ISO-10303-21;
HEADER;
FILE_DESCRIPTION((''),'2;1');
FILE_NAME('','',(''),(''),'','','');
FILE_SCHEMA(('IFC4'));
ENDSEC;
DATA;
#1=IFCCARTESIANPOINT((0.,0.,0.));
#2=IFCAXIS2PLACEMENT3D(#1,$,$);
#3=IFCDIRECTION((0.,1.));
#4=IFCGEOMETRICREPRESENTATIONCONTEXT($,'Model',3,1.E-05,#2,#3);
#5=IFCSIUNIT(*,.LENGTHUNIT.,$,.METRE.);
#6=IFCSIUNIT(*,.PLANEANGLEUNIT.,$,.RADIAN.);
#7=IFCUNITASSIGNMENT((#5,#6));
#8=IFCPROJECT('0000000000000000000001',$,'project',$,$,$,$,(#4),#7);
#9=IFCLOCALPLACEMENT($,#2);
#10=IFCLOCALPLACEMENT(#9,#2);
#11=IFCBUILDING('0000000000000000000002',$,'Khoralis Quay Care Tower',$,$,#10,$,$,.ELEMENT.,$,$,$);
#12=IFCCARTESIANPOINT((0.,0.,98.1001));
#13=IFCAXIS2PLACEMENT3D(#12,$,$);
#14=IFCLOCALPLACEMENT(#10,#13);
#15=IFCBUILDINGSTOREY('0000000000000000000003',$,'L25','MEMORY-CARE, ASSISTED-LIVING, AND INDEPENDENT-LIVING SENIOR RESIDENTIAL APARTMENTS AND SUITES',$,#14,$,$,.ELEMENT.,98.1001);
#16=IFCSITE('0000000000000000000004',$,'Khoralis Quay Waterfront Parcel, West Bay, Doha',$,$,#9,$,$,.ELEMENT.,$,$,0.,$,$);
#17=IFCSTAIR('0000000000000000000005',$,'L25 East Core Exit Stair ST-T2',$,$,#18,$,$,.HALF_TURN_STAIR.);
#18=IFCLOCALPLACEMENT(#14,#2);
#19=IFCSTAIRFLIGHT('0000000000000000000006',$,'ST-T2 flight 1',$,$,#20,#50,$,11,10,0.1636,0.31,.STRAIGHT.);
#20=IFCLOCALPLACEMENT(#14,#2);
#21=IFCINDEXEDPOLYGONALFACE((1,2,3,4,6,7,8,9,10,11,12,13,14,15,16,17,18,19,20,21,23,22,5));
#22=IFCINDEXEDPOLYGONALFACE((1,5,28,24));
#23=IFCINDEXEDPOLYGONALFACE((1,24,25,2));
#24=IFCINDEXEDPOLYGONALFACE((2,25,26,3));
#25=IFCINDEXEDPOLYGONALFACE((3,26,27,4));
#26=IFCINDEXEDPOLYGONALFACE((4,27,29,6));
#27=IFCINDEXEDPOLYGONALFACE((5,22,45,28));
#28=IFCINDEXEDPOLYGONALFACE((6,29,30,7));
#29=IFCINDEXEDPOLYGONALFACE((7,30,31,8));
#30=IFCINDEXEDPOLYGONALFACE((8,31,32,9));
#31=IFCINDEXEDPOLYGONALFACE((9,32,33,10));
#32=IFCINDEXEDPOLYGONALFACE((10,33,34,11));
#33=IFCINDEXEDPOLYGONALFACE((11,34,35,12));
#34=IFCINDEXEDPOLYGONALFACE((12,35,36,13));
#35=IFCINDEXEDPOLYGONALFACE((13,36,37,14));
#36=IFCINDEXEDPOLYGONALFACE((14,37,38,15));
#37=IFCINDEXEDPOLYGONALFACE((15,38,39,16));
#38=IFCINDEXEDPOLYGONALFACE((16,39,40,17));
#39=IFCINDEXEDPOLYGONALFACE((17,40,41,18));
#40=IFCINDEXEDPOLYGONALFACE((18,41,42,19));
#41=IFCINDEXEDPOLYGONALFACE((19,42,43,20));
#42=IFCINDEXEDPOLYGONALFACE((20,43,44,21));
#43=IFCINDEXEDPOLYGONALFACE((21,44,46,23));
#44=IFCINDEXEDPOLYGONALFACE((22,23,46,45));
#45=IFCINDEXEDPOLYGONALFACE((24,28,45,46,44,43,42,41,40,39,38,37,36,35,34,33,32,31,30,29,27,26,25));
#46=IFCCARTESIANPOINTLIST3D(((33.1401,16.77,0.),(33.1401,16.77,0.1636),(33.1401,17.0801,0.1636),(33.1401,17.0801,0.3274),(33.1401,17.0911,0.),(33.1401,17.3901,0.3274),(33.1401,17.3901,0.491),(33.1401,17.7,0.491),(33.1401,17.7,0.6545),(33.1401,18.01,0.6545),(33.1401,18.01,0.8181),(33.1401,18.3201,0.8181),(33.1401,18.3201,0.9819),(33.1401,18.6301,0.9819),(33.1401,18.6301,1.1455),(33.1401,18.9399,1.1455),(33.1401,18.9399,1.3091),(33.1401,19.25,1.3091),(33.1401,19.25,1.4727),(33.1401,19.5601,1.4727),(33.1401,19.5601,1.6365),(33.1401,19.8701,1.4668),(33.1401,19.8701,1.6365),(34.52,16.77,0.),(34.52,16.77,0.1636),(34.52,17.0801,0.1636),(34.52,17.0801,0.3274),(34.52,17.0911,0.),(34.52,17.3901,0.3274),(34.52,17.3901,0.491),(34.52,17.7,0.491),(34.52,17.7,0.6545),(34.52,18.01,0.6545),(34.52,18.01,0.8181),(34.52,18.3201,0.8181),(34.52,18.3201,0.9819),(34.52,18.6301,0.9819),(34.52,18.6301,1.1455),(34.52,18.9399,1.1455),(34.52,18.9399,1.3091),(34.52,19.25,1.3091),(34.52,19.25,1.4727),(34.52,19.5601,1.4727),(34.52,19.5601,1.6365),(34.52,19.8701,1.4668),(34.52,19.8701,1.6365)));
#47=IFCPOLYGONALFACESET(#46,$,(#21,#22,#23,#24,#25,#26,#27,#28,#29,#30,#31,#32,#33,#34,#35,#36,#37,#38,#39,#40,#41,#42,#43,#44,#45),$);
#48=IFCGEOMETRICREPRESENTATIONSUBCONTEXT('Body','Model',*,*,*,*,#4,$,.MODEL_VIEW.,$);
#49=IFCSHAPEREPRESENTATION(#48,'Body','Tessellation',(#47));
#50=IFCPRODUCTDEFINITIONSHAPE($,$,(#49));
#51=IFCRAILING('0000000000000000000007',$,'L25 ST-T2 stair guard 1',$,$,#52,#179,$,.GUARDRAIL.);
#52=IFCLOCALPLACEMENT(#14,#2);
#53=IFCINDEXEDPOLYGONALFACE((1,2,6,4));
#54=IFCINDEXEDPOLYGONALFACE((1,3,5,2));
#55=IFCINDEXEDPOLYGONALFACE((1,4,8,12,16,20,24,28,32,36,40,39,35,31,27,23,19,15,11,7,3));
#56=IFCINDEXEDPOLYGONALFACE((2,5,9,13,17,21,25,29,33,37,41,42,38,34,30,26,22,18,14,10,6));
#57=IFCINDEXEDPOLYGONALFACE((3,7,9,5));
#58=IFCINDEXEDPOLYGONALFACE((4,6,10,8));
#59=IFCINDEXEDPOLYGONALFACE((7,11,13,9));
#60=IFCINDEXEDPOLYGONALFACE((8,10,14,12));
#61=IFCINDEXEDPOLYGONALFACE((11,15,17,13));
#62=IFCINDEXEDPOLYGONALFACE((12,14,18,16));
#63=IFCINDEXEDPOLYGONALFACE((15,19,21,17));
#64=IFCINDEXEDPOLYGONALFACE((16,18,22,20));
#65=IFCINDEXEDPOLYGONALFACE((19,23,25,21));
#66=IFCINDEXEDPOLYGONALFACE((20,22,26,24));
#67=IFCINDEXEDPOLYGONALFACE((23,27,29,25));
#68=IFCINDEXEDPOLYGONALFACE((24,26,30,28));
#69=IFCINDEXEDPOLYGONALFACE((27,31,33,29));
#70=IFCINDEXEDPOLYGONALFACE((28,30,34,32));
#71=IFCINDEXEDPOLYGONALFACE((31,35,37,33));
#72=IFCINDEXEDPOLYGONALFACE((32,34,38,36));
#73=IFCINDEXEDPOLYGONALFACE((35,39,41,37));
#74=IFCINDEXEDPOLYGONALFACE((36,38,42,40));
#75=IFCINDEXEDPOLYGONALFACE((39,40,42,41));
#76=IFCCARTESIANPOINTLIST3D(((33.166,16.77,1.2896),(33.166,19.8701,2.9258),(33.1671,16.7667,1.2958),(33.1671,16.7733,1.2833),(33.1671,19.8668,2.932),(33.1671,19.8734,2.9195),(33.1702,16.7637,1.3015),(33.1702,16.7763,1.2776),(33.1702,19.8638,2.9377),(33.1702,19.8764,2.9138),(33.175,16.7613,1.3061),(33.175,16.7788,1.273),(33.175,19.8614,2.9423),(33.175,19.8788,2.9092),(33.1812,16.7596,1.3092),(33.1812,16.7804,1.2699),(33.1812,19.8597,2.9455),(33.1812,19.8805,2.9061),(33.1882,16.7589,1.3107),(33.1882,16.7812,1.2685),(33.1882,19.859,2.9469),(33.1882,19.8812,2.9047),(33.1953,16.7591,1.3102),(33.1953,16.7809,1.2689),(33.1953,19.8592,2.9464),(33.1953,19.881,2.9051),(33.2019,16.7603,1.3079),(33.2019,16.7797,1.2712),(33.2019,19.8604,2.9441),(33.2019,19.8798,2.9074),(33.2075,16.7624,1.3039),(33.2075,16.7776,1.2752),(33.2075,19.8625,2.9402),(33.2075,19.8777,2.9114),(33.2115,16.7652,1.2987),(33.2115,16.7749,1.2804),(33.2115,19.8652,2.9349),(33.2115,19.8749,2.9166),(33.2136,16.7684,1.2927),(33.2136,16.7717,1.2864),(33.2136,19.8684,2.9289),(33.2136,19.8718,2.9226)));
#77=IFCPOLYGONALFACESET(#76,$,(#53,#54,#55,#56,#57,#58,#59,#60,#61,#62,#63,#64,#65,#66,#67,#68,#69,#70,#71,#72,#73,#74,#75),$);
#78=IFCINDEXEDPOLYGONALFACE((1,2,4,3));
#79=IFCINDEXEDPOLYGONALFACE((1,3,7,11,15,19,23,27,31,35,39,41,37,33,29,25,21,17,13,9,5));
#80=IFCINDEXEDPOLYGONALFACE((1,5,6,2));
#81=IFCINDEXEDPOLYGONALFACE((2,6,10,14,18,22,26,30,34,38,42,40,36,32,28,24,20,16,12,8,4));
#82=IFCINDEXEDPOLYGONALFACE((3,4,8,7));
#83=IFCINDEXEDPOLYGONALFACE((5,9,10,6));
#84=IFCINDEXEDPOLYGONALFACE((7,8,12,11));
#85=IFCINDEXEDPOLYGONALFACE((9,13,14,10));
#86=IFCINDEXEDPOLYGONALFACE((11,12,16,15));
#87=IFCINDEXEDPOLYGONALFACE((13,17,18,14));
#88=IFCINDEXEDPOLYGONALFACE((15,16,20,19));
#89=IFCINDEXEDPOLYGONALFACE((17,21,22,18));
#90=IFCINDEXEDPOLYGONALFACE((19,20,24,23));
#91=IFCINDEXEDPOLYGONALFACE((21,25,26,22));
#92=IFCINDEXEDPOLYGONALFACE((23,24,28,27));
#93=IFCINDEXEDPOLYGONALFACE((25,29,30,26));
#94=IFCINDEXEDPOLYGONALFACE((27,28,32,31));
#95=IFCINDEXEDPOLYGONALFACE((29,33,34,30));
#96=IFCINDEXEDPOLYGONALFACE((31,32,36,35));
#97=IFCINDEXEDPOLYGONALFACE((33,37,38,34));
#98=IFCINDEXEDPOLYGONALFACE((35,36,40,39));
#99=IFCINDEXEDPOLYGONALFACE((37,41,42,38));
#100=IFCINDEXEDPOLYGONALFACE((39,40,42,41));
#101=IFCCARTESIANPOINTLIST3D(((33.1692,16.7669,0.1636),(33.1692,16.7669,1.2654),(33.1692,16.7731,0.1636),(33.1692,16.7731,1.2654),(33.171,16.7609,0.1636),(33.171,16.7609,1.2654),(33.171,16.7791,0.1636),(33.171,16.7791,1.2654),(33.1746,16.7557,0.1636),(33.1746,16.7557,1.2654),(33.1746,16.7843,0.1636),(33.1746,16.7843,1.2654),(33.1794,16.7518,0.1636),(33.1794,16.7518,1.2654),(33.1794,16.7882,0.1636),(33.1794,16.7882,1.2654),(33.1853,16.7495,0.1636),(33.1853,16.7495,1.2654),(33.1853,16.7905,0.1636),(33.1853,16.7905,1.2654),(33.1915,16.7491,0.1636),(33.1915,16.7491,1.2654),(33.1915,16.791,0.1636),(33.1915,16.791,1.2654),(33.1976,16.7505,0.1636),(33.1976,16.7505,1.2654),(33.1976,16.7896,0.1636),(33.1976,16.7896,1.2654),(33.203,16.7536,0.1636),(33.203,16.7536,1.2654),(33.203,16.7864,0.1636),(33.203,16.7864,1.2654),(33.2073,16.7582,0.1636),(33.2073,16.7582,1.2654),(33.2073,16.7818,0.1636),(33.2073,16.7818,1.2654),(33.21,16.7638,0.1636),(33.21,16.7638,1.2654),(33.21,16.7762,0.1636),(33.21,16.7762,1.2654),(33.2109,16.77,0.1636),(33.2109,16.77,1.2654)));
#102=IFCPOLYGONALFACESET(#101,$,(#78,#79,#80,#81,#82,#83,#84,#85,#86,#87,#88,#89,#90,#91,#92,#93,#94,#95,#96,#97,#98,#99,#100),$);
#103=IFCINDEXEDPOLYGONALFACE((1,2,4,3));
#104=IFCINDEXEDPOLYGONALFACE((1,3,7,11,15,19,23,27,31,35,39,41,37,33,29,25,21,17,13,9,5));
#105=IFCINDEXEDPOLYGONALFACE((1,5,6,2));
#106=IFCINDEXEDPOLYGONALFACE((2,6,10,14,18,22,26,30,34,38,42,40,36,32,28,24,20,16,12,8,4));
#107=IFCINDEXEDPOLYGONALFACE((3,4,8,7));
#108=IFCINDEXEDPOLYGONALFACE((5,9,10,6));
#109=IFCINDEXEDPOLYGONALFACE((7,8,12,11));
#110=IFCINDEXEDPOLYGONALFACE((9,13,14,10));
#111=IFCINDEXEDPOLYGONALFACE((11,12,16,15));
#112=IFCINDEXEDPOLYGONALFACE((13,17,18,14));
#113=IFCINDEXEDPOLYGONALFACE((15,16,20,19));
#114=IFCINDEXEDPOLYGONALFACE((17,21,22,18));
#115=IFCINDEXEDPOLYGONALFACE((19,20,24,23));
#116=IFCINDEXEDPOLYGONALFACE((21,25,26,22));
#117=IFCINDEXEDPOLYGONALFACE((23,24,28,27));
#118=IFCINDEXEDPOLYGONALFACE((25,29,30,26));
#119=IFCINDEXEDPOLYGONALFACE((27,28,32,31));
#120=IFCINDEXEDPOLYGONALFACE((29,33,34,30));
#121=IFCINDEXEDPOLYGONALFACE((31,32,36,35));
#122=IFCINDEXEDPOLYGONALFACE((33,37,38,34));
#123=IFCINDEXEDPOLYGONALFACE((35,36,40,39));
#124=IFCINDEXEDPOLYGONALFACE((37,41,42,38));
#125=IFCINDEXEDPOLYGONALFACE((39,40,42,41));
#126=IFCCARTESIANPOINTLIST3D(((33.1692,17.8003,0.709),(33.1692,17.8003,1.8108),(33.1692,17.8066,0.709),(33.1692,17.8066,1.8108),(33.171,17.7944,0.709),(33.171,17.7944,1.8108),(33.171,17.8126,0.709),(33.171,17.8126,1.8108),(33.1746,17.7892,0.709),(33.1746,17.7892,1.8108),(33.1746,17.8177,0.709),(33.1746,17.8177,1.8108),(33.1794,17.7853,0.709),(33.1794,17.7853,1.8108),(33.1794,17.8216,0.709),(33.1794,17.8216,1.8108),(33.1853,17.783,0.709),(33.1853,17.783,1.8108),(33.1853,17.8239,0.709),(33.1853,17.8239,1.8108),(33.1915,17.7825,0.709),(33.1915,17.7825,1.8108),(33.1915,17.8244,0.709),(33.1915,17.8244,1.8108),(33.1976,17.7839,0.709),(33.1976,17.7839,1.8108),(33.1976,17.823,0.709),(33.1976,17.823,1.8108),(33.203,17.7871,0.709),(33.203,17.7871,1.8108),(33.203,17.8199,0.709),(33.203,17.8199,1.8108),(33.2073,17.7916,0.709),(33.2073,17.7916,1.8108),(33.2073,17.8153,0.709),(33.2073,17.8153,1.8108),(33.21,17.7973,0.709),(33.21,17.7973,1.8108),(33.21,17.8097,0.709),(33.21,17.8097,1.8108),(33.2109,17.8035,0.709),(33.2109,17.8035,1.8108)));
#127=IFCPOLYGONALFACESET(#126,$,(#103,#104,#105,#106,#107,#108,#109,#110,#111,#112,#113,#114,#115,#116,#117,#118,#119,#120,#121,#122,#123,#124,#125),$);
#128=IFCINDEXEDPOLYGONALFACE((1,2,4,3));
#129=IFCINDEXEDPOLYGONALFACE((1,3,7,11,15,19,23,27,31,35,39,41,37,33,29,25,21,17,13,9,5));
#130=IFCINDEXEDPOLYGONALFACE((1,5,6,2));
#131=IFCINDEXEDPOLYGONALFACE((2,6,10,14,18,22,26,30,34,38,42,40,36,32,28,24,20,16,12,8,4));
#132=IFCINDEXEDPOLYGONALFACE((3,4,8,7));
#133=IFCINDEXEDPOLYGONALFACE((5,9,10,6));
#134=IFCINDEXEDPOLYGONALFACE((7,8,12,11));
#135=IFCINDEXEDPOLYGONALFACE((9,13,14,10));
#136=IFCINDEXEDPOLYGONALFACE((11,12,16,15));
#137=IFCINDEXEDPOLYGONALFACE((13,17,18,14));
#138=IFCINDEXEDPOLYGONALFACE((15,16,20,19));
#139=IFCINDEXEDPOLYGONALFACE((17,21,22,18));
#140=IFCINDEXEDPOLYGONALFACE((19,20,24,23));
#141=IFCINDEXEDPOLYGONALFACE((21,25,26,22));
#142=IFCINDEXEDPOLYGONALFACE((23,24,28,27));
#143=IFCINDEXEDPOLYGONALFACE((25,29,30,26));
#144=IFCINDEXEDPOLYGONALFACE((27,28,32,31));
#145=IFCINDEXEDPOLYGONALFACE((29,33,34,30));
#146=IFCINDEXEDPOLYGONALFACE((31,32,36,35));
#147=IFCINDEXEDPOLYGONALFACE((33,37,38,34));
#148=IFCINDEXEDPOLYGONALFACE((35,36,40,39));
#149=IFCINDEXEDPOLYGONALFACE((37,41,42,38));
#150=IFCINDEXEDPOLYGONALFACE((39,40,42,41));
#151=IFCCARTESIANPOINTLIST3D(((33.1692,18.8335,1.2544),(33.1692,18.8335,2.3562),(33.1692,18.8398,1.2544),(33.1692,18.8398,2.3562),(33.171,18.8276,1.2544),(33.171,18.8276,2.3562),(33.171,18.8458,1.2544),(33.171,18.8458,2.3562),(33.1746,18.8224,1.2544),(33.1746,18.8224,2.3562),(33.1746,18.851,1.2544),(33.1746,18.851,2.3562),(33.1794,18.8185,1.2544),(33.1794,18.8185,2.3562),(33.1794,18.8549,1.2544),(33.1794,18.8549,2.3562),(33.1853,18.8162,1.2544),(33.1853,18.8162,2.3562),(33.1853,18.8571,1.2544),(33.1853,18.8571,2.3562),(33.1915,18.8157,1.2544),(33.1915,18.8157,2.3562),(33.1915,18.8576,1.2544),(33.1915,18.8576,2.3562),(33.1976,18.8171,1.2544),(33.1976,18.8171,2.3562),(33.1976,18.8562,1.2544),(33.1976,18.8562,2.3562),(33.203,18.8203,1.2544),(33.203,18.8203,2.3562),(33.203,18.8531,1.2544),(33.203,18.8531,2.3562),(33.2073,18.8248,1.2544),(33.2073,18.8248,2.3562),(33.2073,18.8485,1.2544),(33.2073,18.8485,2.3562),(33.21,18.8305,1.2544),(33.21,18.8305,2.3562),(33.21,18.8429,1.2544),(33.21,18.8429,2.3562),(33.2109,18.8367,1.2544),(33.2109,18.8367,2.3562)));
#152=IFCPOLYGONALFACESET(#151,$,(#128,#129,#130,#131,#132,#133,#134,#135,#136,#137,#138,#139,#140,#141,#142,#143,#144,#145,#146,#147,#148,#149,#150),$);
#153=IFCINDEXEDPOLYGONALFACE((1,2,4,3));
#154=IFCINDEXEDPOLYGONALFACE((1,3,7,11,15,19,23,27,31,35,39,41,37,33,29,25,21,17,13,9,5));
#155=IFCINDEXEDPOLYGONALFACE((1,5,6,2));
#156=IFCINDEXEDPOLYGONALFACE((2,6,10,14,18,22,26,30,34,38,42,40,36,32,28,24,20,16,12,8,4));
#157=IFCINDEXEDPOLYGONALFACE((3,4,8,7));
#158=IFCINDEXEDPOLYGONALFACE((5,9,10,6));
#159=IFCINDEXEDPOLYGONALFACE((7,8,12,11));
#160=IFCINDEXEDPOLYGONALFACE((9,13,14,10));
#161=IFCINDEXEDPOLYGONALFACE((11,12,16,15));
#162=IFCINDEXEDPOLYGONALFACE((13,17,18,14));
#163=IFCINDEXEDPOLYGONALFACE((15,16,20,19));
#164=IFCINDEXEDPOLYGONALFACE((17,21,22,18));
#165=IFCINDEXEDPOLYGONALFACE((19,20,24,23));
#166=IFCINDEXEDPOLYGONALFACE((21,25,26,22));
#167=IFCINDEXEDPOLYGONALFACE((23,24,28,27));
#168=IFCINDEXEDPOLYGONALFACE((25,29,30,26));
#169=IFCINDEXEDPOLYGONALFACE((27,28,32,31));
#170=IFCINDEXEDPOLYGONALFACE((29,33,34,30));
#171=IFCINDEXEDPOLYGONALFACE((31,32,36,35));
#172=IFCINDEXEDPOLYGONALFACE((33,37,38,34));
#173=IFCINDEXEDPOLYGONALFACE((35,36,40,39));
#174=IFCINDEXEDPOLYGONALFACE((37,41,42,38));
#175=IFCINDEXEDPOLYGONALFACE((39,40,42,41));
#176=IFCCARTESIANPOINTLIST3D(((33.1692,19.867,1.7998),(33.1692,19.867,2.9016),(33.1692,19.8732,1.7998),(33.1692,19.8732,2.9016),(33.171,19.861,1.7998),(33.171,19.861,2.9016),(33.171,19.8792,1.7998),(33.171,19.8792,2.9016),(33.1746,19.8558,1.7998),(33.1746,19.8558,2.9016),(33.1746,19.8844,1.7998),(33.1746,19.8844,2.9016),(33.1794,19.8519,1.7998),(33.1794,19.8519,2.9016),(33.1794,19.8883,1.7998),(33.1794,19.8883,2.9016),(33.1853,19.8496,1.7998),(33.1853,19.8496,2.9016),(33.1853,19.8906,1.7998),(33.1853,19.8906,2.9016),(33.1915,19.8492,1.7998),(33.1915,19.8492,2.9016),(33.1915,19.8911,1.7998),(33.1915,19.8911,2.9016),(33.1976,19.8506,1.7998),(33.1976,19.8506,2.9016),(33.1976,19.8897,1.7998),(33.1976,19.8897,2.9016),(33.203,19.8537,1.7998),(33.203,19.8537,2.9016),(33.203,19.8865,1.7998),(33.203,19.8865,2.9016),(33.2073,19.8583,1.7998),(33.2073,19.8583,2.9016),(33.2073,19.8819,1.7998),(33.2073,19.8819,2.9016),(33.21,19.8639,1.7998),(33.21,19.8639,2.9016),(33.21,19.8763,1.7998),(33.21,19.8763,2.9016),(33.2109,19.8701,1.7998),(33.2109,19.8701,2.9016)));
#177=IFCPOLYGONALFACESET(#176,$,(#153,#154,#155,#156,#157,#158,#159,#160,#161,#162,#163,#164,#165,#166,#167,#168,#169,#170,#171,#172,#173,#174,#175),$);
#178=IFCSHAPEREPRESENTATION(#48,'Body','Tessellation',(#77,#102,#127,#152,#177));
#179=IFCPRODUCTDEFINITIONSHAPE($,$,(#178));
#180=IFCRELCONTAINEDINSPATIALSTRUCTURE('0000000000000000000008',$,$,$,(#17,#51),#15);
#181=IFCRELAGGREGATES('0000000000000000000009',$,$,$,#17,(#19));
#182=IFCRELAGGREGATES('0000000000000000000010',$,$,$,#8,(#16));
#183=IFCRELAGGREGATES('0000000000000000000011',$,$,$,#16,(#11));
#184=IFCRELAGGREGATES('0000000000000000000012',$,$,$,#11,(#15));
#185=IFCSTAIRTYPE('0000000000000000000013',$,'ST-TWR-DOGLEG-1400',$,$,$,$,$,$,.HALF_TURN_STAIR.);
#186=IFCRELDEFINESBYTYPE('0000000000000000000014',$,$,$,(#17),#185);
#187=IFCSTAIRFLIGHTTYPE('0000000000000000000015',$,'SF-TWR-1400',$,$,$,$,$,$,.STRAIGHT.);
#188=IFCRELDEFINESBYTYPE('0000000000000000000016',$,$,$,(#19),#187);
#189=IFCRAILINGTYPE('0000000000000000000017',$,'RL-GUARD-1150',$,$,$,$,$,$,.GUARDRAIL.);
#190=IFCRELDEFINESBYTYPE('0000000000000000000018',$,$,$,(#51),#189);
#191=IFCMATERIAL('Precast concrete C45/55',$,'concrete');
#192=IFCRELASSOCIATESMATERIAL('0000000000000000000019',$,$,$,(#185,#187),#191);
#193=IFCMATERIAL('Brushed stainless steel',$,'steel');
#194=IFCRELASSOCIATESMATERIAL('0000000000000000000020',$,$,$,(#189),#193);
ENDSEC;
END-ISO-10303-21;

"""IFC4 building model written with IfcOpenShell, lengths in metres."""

from ifc_helpers import new_model, si_unit, direction, frame, origin, origin_2d, place, context, subcontext, project, spatial, polyline, circle, outline, extrude, source, transform, mapped, material, type_object, element, aggregate, save


model = new_model("IFC4")

# Units and contexts
model_context = context("Model", 3, precision=1e-05, world=origin(), true_north=direction((0.0, 1.0)))
body_context = subcontext(model_context, "Body", "Model", "MODEL_VIEW")
ifc_project = project(units=[si_unit("LENGTHUNIT", "METRE"), si_unit("PLANEANGLEUNIT", "RADIAN")], contexts=[model_context])

# Site, building, storey
site_placement = place(None, origin())
site = spatial("IfcSite", under=ifc_project, at=site_placement, Name="Khoralis Quay Waterfront Parcel, West Bay, Doha", CompositionType="ELEMENT", RefElevation=0.0)
building_placement = place(site_placement, origin())
building = spatial("IfcBuilding", under=site, at=building_placement, Name="Khoralis Quay Care Tower", CompositionType="ELEMENT")
storey_placement = place(building_placement, frame((0.0, 0.0, 98.1001)))
storey = spatial("IfcBuildingStorey", under=building, at=storey_placement, Name="L25", Description="MEMORY-CARE, ASSISTED-LIVING, AND INDEPENDENT-LIVING SENIOR RESIDENTIAL APARTMENTS AND SUITES", CompositionType="ELEMENT", Elevation=98.1001)

# Stair, stair flight
ifc_material_1 = material(Name="Precast concrete C45/55", Category="concrete")
stair_type = type_object("IfcStairType", Name="ST-TWR-DOGLEG-1400", PredefinedType="HALF_TURN_STAIR", material=ifc_material_1)
stair_placement = place(storey_placement, origin())
stair = element("IfcStair", 1, at=stair_placement, inside=storey, type_object=stair_type, Name="L25 East Core Exit Stair ST-T2", PredefinedType="HALF_TURN_STAIR")
stair_flight_type = type_object("IfcStairFlightType", Name="SF-TWR-1400", PredefinedType="STRAIGHT", material=ifc_material_1)
shared_shape_1 = source(origin(), body_context, "Body", "SweptSolid", [
    extrude(outline(polyline([(0.0, 0.0), (0.0, 0.1636), (0.3101, 0.1636), (0.3101, 0.3274), (0.6201, 0.3274), (0.6201, 0.491), (0.9299, 0.491), (0.9299, 0.6545), (1.24, 0.6545), (1.24, 0.8181), (1.55, 0.8181), (1.55, 0.9819), (1.8601, 0.9819), (1.8601, 1.1455), (2.1699, 1.1455), (2.1699, 1.3091), (2.48, 1.3091), (2.48, 1.4727), (2.79, 1.4727), (2.79, 1.6365), (3.1001, 1.6365), (3.1001, 1.8), (3.1001, 1.4668), (0.321, 0.0), (0.0, 0.0)])), frame((0.0, 0.6899, 0.0), z_axis=(0.0, -1.0, 0.0), x_axis=(1.0, 0.0, 0.0)), (0.0, 0.0, 1.0), 1.3799),
])
stair_flight_placement = place(storey_placement, frame((33.8301, 16.77, 0.0), z_axis=(0.0, 0.0, 1.0), x_axis=(0.0, 1.0, 0.0)))
stair_flight = element("IfcStairFlight", 2, at=stair_flight_placement, type_object=stair_flight_type, Name="ST-T2 flight 1", NumberOfRisers=11, NumberOfTreads=10, PredefinedType="STRAIGHT", RiserHeight=0.1636, TreadLength=0.31, context=body_context, shape_type="MappedRepresentation", body=[
    mapped(shared_shape_1, transform((0.0, 0.0, 0.0), scale=1.0)),
])
aggregate(stair, [stair_flight])

# Railing
ifc_material_2 = material(Name="Brushed stainless steel", Category="steel")
railing_type_1 = type_object("IfcRailingType", Name="RL-GUARD-1150", PredefinedType="GUARDRAIL", material=ifc_material_2)
railing_1_placement = place(storey_placement, frame((33.1899, 16.77, 0.1636)))
element("IfcRailing", 3, at=railing_1_placement, inside=storey, type_object=railing_type_1, Name="L25 ST-T2 stair guard 1", PredefinedType="GUARDRAIL", context=body_context, shape_type="SweptSolid", body=[
    extrude(circle(Radius=0.0239, at=origin_2d()), frame((0.0, 0.0, 1.126), z_axis=(0.0, 0.884377, 0.466774), x_axis=(-1.0, 0.0, 0.0)), (0.0, 0.0, 1.0), 3.5054),
    extrude(circle(Radius=0.021, at=origin_2d()), origin(), (0.0, 0.0, 1.0), 1.1018),
    extrude(circle(Radius=0.021, at=origin_2d()), frame((0.0, 1.0334, 0.5454)), (0.0, 0.0, 1.0), 1.1018),
    extrude(circle(Radius=0.021, at=origin_2d()), frame((0.0, 2.0667, 1.0908)), (0.0, 0.0, 1.0), 1.1018),
    extrude(circle(Radius=0.021, at=origin_2d()), frame((0.0, 3.1001, 1.6362)), (0.0, 0.0, 1.0), 1.1018),
])

save(model, "model.ifc")
